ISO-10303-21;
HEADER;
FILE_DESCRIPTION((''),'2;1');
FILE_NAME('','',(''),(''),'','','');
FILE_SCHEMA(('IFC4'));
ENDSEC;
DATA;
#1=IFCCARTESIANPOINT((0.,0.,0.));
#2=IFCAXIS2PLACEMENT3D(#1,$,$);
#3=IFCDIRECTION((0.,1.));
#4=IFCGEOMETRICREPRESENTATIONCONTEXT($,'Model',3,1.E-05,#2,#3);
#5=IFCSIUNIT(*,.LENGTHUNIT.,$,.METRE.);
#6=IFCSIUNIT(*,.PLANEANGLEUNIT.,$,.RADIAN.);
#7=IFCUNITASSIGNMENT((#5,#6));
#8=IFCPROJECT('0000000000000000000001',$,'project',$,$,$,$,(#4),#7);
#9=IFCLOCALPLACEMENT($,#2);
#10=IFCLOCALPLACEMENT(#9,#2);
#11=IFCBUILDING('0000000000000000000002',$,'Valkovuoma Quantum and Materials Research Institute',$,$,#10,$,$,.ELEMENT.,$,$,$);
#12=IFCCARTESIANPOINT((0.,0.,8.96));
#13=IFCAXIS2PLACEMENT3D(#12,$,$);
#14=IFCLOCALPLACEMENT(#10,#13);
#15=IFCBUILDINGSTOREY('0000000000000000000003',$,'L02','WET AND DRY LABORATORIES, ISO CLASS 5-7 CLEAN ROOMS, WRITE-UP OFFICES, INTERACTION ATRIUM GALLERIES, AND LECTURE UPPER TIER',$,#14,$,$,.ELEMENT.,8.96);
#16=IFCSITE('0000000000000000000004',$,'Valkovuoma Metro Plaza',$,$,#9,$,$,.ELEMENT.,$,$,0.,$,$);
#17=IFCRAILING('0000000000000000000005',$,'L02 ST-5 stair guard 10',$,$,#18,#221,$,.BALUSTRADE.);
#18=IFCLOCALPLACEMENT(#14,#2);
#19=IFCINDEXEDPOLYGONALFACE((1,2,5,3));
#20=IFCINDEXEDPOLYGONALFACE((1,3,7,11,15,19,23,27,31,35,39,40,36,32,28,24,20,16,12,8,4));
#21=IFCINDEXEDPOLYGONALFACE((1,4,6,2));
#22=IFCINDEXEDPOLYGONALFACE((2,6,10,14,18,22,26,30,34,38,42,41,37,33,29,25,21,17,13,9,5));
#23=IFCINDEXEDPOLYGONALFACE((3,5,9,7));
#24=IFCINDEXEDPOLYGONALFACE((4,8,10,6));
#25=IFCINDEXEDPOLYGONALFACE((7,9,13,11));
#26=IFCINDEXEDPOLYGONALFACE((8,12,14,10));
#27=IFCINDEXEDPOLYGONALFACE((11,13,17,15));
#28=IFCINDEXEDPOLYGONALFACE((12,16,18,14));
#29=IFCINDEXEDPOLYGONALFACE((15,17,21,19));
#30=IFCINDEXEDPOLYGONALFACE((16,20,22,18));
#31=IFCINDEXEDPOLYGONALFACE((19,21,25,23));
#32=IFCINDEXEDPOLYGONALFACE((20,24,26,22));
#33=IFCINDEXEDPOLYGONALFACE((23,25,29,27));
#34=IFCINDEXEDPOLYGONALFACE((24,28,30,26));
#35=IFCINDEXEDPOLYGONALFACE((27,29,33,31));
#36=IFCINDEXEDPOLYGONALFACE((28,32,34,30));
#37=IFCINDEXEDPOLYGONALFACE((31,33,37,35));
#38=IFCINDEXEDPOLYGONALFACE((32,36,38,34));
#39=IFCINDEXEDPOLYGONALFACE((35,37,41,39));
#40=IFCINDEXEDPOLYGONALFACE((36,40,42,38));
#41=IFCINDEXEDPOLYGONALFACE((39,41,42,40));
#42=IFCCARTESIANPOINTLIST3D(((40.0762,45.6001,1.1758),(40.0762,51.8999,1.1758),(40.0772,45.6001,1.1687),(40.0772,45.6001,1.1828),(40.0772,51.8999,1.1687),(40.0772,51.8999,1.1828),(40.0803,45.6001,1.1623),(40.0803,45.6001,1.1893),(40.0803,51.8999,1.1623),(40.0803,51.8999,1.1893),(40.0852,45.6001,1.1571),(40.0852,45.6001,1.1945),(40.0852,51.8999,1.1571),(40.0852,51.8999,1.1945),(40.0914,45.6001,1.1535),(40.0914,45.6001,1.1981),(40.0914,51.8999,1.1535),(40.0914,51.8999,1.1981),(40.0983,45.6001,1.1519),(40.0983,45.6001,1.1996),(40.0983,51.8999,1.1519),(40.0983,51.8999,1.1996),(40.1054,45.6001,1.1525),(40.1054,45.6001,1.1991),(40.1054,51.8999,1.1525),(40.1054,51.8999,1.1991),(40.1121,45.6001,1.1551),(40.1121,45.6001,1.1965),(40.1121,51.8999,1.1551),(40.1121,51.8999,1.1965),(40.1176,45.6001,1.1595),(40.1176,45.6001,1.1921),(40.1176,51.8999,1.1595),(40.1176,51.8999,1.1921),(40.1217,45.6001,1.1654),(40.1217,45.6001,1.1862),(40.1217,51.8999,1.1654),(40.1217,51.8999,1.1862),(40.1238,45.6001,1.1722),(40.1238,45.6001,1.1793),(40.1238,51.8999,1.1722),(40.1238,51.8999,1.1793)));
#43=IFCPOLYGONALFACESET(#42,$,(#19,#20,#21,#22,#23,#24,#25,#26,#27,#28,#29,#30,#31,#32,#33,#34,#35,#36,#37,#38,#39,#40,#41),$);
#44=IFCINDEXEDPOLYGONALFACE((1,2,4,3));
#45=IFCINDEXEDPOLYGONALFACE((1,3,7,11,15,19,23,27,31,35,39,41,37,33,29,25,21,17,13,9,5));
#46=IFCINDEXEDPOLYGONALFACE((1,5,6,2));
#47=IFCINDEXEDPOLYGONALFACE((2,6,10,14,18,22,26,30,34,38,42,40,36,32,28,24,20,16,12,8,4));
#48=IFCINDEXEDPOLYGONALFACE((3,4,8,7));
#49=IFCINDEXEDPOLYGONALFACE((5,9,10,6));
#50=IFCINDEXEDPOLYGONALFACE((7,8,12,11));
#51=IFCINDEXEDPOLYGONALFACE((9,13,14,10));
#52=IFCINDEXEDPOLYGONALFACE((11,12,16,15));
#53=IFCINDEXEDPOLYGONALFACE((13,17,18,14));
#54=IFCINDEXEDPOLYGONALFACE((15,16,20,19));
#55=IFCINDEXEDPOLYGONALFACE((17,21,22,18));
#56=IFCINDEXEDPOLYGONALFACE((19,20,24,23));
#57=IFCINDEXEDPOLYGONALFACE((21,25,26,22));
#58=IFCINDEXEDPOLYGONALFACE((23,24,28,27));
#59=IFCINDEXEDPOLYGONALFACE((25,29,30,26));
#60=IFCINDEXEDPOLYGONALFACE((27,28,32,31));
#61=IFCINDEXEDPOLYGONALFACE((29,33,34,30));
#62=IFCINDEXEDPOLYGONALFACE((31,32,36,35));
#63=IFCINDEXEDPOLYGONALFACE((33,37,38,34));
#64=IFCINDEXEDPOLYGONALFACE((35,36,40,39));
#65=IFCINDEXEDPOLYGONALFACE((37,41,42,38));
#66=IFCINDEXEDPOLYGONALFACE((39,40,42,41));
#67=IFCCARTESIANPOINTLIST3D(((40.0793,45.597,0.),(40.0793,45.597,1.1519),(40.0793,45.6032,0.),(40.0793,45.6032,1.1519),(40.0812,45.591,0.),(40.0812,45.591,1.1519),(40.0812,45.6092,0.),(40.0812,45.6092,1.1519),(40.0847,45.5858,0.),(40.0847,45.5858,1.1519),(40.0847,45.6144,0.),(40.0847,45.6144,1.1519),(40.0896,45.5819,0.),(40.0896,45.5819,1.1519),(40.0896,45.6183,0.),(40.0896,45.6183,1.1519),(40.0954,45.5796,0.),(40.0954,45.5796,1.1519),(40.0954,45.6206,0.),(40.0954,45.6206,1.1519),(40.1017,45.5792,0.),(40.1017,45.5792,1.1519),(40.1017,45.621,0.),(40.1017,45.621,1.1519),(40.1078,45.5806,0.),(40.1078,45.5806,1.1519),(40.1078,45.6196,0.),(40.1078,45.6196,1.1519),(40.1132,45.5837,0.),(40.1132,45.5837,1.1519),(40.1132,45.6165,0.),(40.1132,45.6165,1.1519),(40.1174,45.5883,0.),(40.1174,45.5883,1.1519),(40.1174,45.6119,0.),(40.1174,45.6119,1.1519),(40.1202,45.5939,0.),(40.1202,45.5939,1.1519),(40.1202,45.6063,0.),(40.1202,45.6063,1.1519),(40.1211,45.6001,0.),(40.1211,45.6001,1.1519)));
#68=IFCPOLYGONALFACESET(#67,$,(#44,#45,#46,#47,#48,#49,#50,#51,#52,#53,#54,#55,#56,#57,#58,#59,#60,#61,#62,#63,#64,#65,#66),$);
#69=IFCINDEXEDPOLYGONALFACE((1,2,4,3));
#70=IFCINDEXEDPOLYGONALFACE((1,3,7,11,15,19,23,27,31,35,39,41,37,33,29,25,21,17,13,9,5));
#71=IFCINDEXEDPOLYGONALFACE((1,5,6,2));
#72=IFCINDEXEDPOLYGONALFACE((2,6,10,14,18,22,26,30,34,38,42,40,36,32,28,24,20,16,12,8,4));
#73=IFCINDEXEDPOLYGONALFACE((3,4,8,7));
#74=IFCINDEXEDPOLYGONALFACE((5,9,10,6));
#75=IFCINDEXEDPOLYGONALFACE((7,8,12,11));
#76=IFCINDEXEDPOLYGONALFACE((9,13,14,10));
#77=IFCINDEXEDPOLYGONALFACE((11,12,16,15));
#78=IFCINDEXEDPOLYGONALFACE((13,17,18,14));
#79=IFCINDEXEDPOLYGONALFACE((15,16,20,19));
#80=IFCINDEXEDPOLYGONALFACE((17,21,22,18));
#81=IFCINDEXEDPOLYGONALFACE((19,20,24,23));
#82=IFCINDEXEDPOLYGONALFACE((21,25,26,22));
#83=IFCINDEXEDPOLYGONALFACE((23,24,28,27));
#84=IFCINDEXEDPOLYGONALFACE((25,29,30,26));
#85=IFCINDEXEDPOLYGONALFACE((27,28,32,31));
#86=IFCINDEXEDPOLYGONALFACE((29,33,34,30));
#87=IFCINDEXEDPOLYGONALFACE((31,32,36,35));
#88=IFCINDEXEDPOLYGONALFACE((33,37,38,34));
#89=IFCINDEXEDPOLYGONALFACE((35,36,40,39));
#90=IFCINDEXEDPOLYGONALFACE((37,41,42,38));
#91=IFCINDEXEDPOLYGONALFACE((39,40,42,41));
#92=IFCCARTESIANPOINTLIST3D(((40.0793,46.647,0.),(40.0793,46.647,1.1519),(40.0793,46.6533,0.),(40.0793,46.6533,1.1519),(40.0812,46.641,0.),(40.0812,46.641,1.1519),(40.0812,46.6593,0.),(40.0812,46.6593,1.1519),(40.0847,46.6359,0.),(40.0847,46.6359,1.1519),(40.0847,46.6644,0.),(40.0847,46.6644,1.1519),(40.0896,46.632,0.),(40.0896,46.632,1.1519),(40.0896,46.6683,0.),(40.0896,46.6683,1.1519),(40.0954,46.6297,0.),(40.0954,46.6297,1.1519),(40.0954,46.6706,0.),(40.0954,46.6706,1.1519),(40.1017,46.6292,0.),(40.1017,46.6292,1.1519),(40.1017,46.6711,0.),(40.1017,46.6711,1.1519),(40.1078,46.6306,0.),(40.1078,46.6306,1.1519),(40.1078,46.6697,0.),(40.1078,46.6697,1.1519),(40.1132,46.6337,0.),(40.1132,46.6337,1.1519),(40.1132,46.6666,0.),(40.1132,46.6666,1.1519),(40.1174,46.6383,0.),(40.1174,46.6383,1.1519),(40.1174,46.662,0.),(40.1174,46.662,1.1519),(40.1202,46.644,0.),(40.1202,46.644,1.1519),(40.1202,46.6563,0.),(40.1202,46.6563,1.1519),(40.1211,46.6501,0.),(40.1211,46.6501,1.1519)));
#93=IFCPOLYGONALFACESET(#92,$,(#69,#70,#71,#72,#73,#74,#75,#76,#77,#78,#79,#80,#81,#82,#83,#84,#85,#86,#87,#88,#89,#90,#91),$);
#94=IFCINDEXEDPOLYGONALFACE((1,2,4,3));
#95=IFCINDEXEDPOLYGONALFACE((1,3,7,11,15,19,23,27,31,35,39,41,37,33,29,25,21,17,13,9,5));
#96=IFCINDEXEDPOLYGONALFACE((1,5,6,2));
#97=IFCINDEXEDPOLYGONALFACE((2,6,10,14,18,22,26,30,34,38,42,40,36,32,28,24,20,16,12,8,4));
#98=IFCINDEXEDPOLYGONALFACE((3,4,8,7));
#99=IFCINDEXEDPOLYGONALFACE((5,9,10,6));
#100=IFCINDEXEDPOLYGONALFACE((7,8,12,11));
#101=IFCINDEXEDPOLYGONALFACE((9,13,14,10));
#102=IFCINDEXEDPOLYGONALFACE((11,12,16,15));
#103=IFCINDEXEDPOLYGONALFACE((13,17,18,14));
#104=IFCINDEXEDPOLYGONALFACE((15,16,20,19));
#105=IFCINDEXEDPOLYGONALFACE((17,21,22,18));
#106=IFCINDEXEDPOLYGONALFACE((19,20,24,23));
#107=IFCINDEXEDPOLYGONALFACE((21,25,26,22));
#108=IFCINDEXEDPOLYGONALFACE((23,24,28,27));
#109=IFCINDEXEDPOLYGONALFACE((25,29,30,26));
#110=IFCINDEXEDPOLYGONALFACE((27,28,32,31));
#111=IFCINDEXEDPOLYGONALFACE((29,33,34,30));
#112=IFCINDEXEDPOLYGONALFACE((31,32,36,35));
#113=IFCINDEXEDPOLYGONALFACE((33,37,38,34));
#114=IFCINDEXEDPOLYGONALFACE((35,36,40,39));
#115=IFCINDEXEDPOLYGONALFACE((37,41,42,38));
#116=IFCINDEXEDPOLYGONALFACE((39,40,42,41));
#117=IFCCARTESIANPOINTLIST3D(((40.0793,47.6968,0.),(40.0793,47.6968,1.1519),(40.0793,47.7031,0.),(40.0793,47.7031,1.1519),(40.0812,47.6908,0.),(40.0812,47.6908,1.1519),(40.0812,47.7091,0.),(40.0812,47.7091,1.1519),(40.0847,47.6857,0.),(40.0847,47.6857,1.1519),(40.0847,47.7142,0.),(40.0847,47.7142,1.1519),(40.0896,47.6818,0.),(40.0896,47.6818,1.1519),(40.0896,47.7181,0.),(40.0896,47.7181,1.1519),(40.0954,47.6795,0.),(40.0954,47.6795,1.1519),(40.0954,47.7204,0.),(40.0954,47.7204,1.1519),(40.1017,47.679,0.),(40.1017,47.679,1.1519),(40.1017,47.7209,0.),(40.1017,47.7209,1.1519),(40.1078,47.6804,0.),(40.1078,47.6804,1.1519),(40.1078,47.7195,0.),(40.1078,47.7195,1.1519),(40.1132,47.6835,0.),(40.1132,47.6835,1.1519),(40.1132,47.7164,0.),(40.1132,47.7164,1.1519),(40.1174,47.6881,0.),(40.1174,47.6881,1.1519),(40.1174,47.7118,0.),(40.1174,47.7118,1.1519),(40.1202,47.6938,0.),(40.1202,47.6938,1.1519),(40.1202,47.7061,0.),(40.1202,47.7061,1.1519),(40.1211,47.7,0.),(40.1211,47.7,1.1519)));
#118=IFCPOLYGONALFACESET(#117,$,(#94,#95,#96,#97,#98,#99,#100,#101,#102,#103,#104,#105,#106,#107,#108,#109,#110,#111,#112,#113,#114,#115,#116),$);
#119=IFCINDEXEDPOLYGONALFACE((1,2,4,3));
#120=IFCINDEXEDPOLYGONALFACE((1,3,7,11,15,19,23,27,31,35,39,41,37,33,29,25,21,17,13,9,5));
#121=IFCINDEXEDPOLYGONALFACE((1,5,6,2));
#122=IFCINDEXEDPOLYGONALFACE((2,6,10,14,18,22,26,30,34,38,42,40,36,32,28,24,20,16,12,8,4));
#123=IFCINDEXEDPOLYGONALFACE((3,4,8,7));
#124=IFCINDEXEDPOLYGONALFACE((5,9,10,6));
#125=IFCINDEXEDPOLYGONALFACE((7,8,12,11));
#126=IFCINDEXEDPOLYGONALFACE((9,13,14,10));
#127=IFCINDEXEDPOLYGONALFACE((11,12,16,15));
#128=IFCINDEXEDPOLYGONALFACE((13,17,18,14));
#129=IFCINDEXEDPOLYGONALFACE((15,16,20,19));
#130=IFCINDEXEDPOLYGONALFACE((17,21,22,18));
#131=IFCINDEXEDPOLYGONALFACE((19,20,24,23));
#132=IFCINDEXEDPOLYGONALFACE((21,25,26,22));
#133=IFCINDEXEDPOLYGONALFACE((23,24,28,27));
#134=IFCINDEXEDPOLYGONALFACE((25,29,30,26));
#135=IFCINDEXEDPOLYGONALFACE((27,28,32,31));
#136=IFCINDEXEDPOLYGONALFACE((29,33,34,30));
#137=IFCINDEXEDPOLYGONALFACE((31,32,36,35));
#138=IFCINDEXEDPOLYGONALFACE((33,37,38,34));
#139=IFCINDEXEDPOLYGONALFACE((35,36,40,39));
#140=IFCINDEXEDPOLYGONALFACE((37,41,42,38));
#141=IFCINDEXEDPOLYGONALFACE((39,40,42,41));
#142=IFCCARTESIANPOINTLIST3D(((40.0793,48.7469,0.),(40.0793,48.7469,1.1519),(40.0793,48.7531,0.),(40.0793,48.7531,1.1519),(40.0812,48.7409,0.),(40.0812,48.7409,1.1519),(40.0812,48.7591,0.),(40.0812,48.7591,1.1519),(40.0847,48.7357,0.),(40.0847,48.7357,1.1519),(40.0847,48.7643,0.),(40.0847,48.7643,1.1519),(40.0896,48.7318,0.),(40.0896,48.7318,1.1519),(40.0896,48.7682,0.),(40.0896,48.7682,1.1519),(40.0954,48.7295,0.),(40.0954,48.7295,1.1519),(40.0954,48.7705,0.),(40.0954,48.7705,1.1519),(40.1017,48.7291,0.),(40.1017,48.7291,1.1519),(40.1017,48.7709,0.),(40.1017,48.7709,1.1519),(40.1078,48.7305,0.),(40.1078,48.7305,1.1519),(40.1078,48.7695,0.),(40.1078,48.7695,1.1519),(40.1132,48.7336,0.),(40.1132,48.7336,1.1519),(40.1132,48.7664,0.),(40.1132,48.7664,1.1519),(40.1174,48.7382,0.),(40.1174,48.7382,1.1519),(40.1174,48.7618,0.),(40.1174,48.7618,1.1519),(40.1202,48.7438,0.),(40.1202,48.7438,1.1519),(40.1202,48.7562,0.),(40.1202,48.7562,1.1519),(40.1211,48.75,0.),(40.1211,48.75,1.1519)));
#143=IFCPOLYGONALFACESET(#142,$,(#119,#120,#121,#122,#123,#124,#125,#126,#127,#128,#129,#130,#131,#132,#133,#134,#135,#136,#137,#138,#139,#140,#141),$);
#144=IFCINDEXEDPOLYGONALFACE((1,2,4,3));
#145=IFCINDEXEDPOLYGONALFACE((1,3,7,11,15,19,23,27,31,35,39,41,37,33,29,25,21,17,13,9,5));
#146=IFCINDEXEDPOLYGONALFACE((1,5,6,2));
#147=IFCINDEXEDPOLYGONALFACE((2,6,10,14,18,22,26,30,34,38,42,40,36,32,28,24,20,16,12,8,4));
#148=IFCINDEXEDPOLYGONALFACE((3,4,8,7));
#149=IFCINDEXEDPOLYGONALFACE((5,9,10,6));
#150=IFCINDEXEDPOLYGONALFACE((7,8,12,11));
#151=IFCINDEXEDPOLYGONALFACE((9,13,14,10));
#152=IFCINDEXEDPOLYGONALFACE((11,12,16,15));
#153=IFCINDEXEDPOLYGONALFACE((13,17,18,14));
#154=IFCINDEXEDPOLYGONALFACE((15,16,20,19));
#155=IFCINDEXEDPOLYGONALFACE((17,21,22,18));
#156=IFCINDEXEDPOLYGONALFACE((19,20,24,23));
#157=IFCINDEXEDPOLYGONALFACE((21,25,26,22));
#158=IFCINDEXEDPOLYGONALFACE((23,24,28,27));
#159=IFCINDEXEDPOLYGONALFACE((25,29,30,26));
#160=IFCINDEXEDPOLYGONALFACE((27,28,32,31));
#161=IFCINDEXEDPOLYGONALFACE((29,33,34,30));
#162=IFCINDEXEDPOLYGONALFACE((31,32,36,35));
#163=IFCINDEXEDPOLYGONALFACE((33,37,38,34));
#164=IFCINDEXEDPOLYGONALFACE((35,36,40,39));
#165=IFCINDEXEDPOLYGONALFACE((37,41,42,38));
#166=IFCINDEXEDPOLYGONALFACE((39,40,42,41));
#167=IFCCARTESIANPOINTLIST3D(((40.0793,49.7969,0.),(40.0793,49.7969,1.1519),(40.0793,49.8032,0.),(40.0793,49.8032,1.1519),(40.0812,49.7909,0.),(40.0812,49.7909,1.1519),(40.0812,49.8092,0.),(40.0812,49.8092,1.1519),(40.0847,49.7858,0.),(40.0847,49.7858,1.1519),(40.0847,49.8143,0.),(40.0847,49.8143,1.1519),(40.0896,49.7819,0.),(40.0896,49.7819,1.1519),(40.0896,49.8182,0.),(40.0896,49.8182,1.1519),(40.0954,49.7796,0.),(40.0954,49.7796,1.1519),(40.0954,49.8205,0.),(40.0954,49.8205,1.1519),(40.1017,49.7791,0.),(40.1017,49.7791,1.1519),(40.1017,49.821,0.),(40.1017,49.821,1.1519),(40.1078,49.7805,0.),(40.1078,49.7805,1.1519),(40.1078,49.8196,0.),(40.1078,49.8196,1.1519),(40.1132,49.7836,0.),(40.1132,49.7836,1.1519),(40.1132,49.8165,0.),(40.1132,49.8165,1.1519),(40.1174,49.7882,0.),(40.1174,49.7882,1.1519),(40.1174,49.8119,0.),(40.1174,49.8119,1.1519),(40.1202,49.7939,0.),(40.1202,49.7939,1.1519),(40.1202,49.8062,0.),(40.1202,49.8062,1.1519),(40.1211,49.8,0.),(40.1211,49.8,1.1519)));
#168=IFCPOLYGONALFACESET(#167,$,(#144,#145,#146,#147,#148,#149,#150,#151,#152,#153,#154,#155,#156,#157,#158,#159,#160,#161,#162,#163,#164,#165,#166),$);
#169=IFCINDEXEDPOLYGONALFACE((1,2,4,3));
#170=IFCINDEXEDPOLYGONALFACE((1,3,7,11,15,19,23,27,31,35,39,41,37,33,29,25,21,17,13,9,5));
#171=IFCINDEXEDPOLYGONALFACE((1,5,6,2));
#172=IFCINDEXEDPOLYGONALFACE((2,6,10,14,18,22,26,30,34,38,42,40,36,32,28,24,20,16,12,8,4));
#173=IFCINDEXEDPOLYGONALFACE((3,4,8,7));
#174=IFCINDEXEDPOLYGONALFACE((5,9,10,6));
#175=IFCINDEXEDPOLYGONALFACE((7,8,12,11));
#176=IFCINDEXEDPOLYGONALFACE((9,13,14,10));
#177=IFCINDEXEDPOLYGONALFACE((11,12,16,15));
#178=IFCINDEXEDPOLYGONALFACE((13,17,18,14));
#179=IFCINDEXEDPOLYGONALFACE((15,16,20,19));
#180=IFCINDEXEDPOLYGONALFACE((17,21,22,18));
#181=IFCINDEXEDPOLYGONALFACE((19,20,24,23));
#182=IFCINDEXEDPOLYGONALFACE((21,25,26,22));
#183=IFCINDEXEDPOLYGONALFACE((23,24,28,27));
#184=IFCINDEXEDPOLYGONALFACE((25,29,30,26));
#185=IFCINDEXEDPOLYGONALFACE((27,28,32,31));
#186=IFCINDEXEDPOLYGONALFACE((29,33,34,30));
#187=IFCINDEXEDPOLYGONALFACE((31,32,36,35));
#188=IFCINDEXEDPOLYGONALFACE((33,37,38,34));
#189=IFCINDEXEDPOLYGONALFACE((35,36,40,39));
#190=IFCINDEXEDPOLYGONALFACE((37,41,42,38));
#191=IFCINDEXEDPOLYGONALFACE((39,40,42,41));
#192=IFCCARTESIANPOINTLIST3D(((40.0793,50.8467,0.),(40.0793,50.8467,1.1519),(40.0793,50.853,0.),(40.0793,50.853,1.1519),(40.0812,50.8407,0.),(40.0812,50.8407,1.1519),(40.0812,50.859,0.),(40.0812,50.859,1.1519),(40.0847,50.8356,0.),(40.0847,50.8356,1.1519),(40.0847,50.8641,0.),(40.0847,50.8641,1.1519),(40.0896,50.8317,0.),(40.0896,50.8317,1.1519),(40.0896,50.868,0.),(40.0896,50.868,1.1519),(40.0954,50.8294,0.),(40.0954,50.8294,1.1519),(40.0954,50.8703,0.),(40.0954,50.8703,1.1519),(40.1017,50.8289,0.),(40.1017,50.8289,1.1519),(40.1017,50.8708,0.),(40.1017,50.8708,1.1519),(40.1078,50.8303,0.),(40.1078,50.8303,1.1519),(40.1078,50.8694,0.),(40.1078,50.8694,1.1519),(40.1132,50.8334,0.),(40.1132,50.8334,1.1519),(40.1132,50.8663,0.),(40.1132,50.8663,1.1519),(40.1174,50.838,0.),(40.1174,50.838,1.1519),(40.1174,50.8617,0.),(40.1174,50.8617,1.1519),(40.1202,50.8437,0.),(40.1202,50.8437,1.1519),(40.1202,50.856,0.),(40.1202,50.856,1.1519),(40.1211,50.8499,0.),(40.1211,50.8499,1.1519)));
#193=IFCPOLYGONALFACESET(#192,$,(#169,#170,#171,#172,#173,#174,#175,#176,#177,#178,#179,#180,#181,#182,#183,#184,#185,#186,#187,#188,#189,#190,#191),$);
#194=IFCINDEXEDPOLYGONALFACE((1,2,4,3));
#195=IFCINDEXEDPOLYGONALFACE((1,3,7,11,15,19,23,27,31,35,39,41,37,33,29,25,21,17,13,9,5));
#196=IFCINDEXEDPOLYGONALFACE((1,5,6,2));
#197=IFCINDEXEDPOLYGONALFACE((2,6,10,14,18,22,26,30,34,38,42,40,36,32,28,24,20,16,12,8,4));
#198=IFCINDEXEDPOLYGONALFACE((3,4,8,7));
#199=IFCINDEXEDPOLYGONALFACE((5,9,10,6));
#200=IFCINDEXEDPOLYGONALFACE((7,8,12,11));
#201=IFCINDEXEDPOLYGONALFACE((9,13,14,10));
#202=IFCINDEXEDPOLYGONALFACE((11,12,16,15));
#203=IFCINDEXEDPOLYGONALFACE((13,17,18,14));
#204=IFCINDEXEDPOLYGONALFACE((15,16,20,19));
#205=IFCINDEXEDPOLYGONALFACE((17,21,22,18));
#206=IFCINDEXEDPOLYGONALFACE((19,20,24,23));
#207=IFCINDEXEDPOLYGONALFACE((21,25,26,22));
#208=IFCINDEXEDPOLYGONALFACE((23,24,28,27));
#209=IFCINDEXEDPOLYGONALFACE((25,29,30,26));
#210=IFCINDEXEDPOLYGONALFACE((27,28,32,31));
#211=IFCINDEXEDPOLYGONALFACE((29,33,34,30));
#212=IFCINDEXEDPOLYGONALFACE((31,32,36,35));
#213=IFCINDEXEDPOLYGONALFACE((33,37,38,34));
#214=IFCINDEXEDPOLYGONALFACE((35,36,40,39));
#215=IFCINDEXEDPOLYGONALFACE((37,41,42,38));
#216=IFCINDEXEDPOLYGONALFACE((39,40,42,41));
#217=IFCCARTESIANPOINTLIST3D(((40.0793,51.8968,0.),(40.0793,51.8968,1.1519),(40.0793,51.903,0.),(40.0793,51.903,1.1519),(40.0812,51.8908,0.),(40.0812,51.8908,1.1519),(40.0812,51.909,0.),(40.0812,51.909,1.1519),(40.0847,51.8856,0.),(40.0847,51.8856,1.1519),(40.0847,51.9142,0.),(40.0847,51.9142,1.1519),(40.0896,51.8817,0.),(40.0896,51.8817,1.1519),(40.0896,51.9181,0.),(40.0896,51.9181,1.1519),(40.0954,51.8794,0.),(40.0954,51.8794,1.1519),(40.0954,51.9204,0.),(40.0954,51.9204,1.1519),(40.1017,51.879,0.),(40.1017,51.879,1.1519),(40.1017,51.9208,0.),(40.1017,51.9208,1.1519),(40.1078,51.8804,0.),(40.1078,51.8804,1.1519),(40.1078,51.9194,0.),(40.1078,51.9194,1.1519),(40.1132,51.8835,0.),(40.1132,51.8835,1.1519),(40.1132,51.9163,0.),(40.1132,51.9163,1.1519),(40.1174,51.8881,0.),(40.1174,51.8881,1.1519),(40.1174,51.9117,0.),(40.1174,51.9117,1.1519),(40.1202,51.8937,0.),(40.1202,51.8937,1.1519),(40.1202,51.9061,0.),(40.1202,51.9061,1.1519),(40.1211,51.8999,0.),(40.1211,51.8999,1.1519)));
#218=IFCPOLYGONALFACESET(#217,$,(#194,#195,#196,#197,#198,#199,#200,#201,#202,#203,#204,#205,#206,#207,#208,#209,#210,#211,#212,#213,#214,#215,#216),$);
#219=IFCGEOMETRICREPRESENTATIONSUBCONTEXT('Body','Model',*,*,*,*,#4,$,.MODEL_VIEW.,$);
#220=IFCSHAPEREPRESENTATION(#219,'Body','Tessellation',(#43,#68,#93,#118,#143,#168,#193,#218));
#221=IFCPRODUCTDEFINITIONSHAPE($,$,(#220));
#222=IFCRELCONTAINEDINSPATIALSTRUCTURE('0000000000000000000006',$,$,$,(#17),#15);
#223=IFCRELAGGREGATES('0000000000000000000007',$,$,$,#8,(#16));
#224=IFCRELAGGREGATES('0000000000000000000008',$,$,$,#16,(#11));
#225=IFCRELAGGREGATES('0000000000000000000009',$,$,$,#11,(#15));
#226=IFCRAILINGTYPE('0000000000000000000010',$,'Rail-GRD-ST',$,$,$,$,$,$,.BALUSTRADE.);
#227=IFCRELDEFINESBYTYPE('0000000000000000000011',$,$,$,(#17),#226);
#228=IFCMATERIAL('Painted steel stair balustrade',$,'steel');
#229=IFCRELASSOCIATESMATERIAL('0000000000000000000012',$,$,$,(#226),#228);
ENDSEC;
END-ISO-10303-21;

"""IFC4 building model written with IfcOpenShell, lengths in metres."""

from ifc_helpers import new_model, si_unit, direction, frame, origin, origin_2d, place, context, subcontext, project, spatial, circle, extrude, material, type_object, element, save


model = new_model("IFC4")

# Units and contexts
model_context = context("Model", 3, precision=1e-05, world=origin(), true_north=direction((0.0, 1.0)))
body_context = subcontext(model_context, "Body", "Model", "MODEL_VIEW")
ifc_project = project(units=[si_unit("LENGTHUNIT", "METRE"), si_unit("PLANEANGLEUNIT", "RADIAN")], contexts=[model_context])

# Site, building, storey
site_placement = place(None, origin())
site = spatial("IfcSite", under=ifc_project, at=site_placement, Name="Valkovuoma Metro Plaza", CompositionType="ELEMENT", RefElevation=0.0)
building_placement = place(site_placement, origin())
building = spatial("IfcBuilding", under=site, at=building_placement, Name="Valkovuoma Quantum and Materials Research Institute", CompositionType="ELEMENT")
storey_placement = place(building_placement, frame((0.0, 0.0, 8.96)))
storey = spatial("IfcBuildingStorey", under=building, at=storey_placement, Name="L02", Description="WET AND DRY LABORATORIES, ISO CLASS 5-7 CLEAN ROOMS, WRITE-UP OFFICES, INTERACTION ATRIUM GALLERIES, AND LECTURE UPPER TIER", CompositionType="ELEMENT", Elevation=8.96)

# Railing
ifc_material_1 = material(Name="Painted steel stair balustrade", Category="steel")
railing_type_1 = type_object("IfcRailingType", Name="Rail-GRD-ST", PredefinedType="BALUSTRADE", material=ifc_material_1)
railing_1_placement = place(storey_placement, frame((40.1001, 45.6001, 0.0)))
element("IfcRailing", 1, at=railing_1_placement, inside=storey, type_object=railing_type_1, Name="L02 ST-5 stair guard 10", PredefinedType="BALUSTRADE", context=body_context, shape_type="SweptSolid", body=[
    extrude(circle(Radius=0.0239, at=origin_2d()), frame((0.0, 0.0, 1.1758), z_axis=(0.0, 1.0, 0.0), x_axis=(-1.0, 0.0, 0.0)), (0.0, 0.0, 1.0), 6.2998),
    extrude(circle(Radius=0.021, at=origin_2d()), origin(), (0.0, 0.0, 1.0), 1.1519),
    extrude(circle(Radius=0.021, at=origin_2d()), frame((0.0, 1.05, 0.0)), (0.0, 0.0, 1.0), 1.1519),
    extrude(circle(Radius=0.021, at=origin_2d()), frame((0.0, 2.0999, 0.0)), (0.0, 0.0, 1.0), 1.1519),
    extrude(circle(Radius=0.021, at=origin_2d()), frame((0.0, 3.1499, 0.0)), (0.0, 0.0, 1.0), 1.1519),
    extrude(circle(Radius=0.021, at=origin_2d()), frame((0.0, 4.2, 0.0)), (0.0, 0.0, 1.0), 1.1519),
    extrude(circle(Radius=0.021, at=origin_2d()), frame((0.0, 5.2498, 0.0)), (0.0, 0.0, 1.0), 1.1519),
    extrude(circle(Radius=0.021, at=origin_2d()), frame((0.0, 6.2998, 0.0)), (0.0, 0.0, 1.0), 1.1519),
])

save(model, "model.ifc")
